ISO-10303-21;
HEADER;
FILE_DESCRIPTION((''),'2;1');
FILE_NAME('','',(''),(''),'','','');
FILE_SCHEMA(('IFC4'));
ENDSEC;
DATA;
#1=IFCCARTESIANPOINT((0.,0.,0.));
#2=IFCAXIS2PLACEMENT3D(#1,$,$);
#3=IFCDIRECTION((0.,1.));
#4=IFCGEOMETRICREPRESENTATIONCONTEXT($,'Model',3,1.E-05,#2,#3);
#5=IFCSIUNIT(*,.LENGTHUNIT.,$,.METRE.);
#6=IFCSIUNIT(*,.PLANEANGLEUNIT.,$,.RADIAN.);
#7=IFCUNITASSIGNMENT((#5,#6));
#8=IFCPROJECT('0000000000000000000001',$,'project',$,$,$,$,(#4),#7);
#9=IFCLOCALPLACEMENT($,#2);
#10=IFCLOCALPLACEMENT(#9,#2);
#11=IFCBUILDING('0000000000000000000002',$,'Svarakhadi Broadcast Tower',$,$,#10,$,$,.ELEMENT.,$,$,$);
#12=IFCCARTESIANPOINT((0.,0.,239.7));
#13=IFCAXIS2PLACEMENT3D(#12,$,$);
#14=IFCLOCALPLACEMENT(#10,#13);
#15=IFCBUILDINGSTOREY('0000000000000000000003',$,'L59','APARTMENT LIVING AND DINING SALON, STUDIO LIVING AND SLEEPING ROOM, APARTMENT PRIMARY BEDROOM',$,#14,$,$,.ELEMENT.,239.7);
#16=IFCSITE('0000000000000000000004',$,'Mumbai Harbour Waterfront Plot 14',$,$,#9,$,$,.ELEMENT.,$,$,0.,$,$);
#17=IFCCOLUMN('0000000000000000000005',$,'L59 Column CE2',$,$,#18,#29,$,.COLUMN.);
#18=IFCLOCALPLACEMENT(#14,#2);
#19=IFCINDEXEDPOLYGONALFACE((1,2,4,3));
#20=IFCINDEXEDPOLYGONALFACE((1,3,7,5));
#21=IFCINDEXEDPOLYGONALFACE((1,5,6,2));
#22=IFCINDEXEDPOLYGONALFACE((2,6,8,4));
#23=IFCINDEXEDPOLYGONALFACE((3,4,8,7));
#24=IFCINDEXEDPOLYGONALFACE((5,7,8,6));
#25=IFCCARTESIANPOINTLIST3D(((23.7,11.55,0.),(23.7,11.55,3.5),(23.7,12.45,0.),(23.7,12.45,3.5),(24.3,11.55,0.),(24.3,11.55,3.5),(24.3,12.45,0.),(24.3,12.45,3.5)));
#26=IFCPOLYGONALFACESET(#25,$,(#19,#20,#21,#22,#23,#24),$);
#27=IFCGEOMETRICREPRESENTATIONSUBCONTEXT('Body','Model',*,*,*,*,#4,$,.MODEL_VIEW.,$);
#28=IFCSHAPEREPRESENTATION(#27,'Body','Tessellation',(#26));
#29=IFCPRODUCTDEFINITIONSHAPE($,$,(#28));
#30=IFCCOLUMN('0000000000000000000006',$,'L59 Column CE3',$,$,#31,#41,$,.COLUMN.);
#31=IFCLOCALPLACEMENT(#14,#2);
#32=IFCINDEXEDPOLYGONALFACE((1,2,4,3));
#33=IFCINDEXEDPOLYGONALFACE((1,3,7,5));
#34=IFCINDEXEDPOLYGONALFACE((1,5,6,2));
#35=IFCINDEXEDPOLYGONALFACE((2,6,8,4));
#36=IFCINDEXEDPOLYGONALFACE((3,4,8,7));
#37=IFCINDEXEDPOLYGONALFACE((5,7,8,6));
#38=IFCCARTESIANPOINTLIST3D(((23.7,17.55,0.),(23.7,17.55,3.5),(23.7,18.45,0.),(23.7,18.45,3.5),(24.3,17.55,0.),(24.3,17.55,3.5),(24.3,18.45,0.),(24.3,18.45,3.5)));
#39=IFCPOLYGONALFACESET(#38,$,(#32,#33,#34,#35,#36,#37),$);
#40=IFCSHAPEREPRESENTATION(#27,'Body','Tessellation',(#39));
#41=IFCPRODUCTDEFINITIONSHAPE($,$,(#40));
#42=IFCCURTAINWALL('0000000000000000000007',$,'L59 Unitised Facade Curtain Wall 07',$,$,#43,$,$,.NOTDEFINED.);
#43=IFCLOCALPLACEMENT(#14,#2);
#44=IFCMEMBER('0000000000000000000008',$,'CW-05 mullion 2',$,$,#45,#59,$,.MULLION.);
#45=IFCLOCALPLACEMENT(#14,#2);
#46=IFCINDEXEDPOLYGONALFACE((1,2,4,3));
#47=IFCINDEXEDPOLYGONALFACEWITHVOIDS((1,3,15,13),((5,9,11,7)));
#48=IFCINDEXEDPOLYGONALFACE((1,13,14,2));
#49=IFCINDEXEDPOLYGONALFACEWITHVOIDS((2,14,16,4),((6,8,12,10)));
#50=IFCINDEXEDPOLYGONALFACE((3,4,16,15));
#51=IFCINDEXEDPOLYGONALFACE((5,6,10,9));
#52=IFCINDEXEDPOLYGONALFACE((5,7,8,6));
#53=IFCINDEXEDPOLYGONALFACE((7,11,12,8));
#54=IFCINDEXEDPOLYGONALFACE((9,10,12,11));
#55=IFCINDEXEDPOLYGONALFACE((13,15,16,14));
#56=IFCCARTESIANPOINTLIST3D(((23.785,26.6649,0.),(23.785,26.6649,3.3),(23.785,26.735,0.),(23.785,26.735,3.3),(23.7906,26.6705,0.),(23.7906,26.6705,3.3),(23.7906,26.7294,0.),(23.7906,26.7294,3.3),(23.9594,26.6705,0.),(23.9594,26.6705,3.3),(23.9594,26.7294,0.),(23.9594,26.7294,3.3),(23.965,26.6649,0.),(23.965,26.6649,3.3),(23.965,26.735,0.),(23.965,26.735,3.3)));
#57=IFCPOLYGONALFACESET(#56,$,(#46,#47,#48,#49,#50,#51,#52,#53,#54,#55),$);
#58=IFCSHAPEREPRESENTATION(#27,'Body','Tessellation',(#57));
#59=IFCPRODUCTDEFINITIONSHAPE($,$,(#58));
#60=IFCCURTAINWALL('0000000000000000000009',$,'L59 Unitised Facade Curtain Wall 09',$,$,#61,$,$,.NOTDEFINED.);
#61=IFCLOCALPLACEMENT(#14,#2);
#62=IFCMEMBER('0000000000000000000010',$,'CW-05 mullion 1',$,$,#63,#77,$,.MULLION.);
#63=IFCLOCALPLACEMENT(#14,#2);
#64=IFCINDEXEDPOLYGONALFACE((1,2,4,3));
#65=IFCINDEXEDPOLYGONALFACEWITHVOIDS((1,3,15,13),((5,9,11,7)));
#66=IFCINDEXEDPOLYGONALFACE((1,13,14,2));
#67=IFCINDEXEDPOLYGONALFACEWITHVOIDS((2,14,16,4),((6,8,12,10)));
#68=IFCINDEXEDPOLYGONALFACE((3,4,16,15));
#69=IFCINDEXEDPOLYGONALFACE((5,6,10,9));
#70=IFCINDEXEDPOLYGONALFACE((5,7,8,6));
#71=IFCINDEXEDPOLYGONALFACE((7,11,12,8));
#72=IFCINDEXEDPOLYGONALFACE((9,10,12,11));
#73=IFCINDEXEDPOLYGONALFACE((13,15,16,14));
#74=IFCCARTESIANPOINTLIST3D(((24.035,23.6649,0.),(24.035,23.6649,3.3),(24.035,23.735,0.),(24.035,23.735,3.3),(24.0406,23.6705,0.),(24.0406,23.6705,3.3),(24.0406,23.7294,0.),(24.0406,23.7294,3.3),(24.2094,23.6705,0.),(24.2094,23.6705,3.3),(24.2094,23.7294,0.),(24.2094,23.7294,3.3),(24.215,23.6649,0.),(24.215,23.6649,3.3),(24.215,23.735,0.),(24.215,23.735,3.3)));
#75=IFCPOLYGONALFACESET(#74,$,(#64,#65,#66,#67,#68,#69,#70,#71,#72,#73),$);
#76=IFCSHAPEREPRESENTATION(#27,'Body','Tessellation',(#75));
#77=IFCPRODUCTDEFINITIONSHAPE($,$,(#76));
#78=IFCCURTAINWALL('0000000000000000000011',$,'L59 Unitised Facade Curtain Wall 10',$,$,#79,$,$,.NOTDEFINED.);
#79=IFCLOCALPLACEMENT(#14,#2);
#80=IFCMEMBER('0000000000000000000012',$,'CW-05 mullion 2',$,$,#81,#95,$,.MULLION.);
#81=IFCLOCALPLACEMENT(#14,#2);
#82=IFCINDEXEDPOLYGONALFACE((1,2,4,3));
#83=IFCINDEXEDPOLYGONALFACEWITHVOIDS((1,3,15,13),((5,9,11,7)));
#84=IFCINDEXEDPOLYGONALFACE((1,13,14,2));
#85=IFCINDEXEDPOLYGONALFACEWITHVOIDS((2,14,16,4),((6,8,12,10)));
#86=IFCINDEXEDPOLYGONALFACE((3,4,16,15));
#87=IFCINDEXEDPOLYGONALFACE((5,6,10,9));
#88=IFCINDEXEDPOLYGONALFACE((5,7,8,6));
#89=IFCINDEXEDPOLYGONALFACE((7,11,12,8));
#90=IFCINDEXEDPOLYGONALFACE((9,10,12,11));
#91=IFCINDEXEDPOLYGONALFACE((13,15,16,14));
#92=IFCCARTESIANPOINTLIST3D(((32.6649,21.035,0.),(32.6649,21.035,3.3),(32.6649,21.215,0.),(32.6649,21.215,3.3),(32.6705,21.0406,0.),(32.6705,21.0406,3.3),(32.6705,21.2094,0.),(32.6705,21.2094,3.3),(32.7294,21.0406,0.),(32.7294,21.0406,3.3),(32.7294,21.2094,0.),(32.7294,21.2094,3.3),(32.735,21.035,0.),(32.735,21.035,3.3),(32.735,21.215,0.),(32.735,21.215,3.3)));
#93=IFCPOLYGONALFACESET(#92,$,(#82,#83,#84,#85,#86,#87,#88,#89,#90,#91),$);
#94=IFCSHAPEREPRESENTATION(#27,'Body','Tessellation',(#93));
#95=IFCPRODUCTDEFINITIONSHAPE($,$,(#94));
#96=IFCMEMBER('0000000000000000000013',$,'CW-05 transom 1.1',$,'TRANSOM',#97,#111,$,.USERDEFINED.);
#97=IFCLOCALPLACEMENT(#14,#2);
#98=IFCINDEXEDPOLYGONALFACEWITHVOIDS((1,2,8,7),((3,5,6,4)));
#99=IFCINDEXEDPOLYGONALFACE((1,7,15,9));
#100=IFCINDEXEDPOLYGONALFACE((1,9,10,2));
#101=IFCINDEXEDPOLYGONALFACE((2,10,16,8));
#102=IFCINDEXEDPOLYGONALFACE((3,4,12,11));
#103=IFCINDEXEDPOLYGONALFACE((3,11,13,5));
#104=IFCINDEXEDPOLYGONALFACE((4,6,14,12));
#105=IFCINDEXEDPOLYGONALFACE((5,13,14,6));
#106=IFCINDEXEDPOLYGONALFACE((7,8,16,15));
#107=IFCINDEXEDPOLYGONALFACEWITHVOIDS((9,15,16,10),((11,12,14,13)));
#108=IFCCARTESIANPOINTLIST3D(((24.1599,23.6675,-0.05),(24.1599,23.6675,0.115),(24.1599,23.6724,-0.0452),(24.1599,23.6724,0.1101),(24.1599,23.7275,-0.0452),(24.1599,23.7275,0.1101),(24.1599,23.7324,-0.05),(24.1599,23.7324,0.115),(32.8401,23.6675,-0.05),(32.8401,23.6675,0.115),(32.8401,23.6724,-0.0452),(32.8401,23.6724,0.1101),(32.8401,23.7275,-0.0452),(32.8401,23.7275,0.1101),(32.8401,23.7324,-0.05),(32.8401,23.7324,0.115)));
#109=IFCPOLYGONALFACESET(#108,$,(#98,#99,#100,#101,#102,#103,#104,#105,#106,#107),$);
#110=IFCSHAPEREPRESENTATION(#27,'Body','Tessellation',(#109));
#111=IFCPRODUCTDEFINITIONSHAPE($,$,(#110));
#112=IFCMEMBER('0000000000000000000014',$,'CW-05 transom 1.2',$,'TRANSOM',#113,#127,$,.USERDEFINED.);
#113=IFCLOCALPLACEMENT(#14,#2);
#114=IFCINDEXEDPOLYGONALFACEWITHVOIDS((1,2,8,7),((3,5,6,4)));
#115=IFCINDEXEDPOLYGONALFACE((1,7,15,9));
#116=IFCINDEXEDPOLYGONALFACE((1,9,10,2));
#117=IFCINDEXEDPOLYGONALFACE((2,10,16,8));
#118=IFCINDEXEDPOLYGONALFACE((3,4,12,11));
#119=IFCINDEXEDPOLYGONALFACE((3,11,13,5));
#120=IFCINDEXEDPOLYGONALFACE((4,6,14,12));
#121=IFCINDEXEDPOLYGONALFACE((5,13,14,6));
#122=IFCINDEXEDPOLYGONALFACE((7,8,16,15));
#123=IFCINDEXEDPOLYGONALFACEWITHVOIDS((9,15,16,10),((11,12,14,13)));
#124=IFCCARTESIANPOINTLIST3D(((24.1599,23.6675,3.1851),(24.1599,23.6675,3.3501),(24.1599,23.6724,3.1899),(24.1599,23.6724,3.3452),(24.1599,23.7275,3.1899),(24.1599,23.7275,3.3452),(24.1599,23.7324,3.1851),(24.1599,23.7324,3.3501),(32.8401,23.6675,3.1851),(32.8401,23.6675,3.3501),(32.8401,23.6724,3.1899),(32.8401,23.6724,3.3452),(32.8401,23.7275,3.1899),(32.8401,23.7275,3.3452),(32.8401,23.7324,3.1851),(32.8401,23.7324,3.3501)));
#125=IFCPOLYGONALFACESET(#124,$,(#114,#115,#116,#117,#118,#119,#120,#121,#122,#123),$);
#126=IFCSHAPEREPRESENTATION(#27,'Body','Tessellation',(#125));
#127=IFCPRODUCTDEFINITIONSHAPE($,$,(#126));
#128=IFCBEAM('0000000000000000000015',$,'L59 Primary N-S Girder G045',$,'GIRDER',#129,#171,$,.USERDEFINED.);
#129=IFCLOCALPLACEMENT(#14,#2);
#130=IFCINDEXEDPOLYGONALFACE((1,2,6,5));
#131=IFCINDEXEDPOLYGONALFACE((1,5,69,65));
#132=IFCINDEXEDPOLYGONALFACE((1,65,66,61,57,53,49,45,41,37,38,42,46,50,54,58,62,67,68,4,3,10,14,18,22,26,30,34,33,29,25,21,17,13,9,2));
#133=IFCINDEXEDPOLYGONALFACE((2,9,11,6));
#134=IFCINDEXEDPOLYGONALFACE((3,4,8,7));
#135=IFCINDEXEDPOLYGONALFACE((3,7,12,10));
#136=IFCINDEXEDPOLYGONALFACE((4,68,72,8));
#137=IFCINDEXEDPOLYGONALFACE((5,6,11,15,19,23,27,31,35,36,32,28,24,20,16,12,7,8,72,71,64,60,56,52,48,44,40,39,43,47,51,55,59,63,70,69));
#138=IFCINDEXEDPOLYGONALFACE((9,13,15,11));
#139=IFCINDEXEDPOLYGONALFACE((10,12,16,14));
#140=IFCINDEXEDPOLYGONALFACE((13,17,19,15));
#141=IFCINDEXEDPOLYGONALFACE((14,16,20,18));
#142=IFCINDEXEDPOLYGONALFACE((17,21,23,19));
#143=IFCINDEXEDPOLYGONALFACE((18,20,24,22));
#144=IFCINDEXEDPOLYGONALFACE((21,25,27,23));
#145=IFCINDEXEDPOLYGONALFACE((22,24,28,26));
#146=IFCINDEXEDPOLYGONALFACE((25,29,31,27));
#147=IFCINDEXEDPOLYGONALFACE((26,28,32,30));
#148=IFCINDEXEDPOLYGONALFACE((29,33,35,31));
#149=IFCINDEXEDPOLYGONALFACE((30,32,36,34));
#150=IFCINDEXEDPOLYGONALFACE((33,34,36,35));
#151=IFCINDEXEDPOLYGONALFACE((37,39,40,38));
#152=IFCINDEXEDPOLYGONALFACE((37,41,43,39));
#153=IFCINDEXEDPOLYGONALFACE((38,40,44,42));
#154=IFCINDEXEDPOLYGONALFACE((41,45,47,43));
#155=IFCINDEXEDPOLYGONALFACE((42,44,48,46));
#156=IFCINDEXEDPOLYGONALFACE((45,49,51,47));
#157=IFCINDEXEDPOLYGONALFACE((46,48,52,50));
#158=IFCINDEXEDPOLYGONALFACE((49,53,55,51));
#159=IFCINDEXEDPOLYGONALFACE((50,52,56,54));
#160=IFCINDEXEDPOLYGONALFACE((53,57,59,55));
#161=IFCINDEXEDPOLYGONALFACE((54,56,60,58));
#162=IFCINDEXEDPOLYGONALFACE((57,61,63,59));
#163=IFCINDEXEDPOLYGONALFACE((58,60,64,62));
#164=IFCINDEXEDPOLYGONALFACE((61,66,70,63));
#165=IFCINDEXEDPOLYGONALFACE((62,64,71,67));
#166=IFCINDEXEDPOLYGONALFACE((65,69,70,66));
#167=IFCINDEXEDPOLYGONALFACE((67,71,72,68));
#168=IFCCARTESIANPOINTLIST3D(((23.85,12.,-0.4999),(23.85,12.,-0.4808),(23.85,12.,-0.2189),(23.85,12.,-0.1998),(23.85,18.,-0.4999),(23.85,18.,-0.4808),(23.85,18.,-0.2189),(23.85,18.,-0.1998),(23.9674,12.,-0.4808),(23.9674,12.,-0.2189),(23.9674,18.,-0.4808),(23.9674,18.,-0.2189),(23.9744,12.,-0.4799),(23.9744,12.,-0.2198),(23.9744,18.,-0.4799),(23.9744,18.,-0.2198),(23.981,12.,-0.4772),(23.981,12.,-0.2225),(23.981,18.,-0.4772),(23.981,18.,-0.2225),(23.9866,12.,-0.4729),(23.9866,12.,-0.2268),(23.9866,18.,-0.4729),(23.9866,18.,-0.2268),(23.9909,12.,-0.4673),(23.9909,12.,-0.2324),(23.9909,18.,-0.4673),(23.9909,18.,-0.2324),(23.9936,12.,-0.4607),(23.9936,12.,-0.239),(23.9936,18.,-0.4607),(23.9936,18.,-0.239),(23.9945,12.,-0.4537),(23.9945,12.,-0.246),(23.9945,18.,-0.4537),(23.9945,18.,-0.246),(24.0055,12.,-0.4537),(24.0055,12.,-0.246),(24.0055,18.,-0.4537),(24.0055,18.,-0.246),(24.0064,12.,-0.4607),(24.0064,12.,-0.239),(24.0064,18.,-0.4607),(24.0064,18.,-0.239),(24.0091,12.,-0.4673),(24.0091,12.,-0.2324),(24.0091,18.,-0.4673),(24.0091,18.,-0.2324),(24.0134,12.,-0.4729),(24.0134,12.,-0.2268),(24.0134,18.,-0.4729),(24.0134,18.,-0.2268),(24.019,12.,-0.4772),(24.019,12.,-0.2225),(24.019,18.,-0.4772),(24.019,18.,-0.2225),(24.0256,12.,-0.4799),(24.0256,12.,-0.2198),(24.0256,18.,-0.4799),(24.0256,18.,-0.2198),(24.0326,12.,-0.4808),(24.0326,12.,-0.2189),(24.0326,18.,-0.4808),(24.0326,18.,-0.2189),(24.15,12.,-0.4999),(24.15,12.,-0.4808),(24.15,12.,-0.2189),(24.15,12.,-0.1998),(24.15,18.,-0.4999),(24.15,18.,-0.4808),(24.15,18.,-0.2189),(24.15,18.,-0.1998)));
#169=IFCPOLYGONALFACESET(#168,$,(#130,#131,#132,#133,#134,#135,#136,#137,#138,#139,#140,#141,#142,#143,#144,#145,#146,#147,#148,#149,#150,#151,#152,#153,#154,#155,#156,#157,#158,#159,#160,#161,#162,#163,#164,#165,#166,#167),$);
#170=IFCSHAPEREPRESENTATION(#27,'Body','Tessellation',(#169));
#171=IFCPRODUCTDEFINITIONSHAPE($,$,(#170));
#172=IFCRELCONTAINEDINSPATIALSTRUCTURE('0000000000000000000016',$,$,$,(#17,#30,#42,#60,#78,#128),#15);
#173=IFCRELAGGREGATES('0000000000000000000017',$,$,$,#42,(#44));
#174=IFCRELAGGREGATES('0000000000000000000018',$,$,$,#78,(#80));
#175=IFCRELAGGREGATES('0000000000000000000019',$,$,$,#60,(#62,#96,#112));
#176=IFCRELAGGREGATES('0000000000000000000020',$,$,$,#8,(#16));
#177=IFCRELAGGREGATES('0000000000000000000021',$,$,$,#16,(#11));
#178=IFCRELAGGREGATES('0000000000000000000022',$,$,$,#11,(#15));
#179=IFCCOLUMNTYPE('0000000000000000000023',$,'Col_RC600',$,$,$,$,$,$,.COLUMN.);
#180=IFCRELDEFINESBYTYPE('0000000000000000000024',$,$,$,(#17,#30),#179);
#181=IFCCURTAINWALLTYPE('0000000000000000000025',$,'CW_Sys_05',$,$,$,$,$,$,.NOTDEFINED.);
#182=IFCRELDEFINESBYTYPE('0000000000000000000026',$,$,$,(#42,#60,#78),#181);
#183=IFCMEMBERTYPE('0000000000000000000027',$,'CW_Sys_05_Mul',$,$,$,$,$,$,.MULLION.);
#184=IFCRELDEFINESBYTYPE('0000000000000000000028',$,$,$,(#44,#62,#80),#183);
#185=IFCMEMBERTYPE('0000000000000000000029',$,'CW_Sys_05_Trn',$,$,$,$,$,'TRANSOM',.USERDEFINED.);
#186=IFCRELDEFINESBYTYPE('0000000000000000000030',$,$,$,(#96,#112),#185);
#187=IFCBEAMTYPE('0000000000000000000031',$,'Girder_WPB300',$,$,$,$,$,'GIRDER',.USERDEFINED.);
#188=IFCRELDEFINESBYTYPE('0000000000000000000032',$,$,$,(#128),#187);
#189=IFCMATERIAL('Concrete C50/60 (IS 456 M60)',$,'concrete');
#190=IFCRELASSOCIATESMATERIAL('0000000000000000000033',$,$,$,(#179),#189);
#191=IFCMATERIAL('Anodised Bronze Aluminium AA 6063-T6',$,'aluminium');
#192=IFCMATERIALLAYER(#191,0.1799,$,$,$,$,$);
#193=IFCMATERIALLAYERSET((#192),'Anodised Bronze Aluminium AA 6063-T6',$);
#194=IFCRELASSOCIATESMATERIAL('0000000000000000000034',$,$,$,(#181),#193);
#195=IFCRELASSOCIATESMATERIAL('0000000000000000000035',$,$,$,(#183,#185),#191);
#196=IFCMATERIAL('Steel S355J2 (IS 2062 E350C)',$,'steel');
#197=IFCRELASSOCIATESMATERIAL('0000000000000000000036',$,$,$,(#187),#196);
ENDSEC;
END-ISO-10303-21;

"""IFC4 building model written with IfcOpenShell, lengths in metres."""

from ifc_helpers import new_model, si_unit, direction, frame, origin, origin_2d, place, context, subcontext, project, spatial, rectangle, hollow_rectangle, i_section, extrude, material, layer, layer_set, material_profile, profile_set, type_object, element, aggregate, save


model = new_model("IFC4")

# Units and contexts
model_context = context("Model", 3, precision=1e-05, world=origin(), true_north=direction((0.0, 1.0)))
body_context = subcontext(model_context, "Body", "Model", "MODEL_VIEW")
ifc_project = project(units=[si_unit("LENGTHUNIT", "METRE"), si_unit("PLANEANGLEUNIT", "RADIAN")], contexts=[model_context])

# Site, building, storey
site_placement = place(None, origin())
site = spatial("IfcSite", under=ifc_project, at=site_placement, Name="Mumbai Harbour Waterfront Plot 14", CompositionType="ELEMENT", RefElevation=0.0)
building_placement = place(site_placement, origin())
building = spatial("IfcBuilding", under=site, at=building_placement, Name="Svarakhadi Broadcast Tower", CompositionType="ELEMENT")
storey_placement = place(building_placement, frame((0.0, 0.0, 239.7)))
storey = spatial("IfcBuildingStorey", under=building, at=storey_placement, Name="L59", Description="APARTMENT LIVING AND DINING SALON, STUDIO LIVING AND SLEEPING ROOM, APARTMENT PRIMARY BEDROOM", CompositionType="ELEMENT", Elevation=239.7)

# Columns
ifc_material_1 = material(Name="Concrete C50/60 (IS 456 M60)", Category="concrete")
ifc_material_profile_1 = material_profile(ifc_material_1, rectangle(XDim=0.6001, YDim=0.8999, at=origin_2d()), Name="RC 600x900")
ifc_profile_set_1 = profile_set([ifc_material_profile_1], Name="Concrete C50/60 (IS 456 M60)")
column_type = type_object("IfcColumnType", Name="Col_RC600", PredefinedType="COLUMN", material=ifc_profile_set_1)
for number, where, z_axis, x_axis, name in (
    (1, (24.0, 12.0, 0.0), (0.0, 0.0, 1.0), (1.0, 0.0, 0.0), "L59 Column CE2"),
    (2, (24.0, 18.0, 0.0), (0.0, 0.0, 1.0), (1.0, 0.0, 0.0), "L59 Column CE3"),
):
    element("IfcColumn", number, at=place(storey_placement, frame(where, z_axis=z_axis, x_axis=x_axis)), inside=storey, type_object=column_type, Name=name, PredefinedType="COLUMN", context=body_context, shape_type="SweptSolid", body=[
        extrude(rectangle(XDim=0.6001, YDim=0.8999, at=origin_2d()), origin(), (0.0, 0.0, 1.0), 3.5),
    ])

# Curtain walls, members
ifc_material_2 = material(Name="Anodised Bronze Aluminium AA 6063-T6", Category="aluminium")
ifc_layer_1 = layer(ifc_material_2, 0.1799)
ifc_layer_set_1 = layer_set([ifc_layer_1], Name="Anodised Bronze Aluminium AA 6063-T6")
curtain_wall_type = type_object("IfcCurtainWallType", Name="CW_Sys_05", PredefinedType="NOTDEFINED", material=ifc_layer_set_1)
curtain_wall_1_placement = place(storey_placement, origin())
curtain_wall_1 = element("IfcCurtainWall", 3, at=curtain_wall_1_placement, inside=storey, type_object=curtain_wall_type, Name="L59 Unitised Facade Curtain Wall 07", PredefinedType="NOTDEFINED")
ifc_material_profile_2 = material_profile(ifc_material_2, hollow_rectangle(XDim=0.0701, YDim=0.1799, WallThickness=0.0056, at=origin_2d()), Name="ALU MULLION 180x70x6")
ifc_profile_set_2 = profile_set([ifc_material_profile_2], Name="Anodised Bronze Aluminium AA 6063-T6")
member_type_1 = type_object("IfcMemberType", Name="CW_Sys_05_Mul", PredefinedType="MULLION", material=ifc_profile_set_2)
member_1_placement = place(storey_placement, frame((23.875, 26.7, 0.0), z_axis=(0.0, 0.0, 1.0), x_axis=(0.0, 1.0, 0.0)))
member_1 = element("IfcMember", 4, at=member_1_placement, type_object=member_type_1, Name="CW-05 mullion 2", PredefinedType="MULLION", context=body_context, shape_type="SweptSolid", body=[
    extrude(hollow_rectangle(XDim=0.0701, YDim=0.1799, WallThickness=0.0056, at=origin_2d()), origin(), (0.0, 0.0, 1.0), 3.3),
])
aggregate(curtain_wall_1, [member_1])
curtain_wall_2_placement = place(storey_placement, origin())
curtain_wall_2 = element("IfcCurtainWall", 5, at=curtain_wall_2_placement, inside=storey, type_object=curtain_wall_type, Name="L59 Unitised Facade Curtain Wall 09", PredefinedType="NOTDEFINED")
member_2_placement = place(storey_placement, frame((24.125, 23.7, 0.0), z_axis=(0.0, 0.0, 1.0), x_axis=(0.0, 1.0, 0.0)))
member_2 = element("IfcMember", 6, at=member_2_placement, type_object=member_type_1, Name="CW-05 mullion 1", PredefinedType="MULLION", context=body_context, shape_type="SweptSolid", body=[
    extrude(hollow_rectangle(XDim=0.0701, YDim=0.1799, WallThickness=0.0056, at=origin_2d()), origin(), (0.0, 0.0, 1.0), 3.3),
])
curtain_wall_3_placement = place(storey_placement, origin())
curtain_wall_3 = element("IfcCurtainWall", 7, at=curtain_wall_3_placement, inside=storey, type_object=curtain_wall_type, Name="L59 Unitised Facade Curtain Wall 10", PredefinedType="NOTDEFINED")
member_3_placement = place(storey_placement, frame((32.7, 21.125, 0.0), z_axis=(0.0, 0.0, 1.0), x_axis=(1.0, 0.0, 0.0)))
member_3 = element("IfcMember", 8, at=member_3_placement, type_object=member_type_1, Name="CW-05 mullion 2", PredefinedType="MULLION", context=body_context, shape_type="SweptSolid", body=[
    extrude(hollow_rectangle(XDim=0.0701, YDim=0.1799, WallThickness=0.0056, at=origin_2d()), origin(), (0.0, 0.0, 1.0), 3.3),
])
aggregate(curtain_wall_3, [member_3])

# Members
ifc_material_profile_3 = material_profile(ifc_material_2, hollow_rectangle(XDim=0.0649, YDim=0.165, WallThickness=0.0049, at=origin_2d()), Name="ALU TRANSOM 165x65x5")
ifc_profile_set_3 = profile_set([ifc_material_profile_3], Name="Anodised Bronze Aluminium AA 6063-T6")
member_type_2 = type_object("IfcMemberType", Name="CW_Sys_05_Trn", ElementType="TRANSOM", PredefinedType="USERDEFINED", material=ifc_profile_set_3)
member_4_placement = place(storey_placement, frame((24.1599, 23.7, 0.0325), z_axis=(1.0, 0.0, 0.0), x_axis=(0.0, 1.0, 0.0)))
member_4 = element("IfcMember", 9, at=member_4_placement, type_object=member_type_2, Name="CW-05 transom 1.1", ObjectType="TRANSOM", PredefinedType="USERDEFINED", context=body_context, shape_type="SweptSolid", body=[
    extrude(hollow_rectangle(XDim=0.0649, YDim=0.165, WallThickness=0.0049, at=origin_2d()), origin(), (0.0, 0.0, 1.0), 8.6802),
])
member_5_placement = place(storey_placement, frame((24.1599, 23.7, 3.2676), z_axis=(1.0, 0.0, 0.0), x_axis=(0.0, 1.0, 0.0)))
member_5 = element("IfcMember", 10, at=member_5_placement, type_object=member_type_2, Name="CW-05 transom 1.2", ObjectType="TRANSOM", PredefinedType="USERDEFINED", context=body_context, shape_type="SweptSolid", body=[
    extrude(hollow_rectangle(XDim=0.0649, YDim=0.165, WallThickness=0.0049, at=origin_2d()), origin(), (0.0, 0.0, 1.0), 8.6802),
])

# Beam
ifc_material_3 = material(Name="Steel S355J2 (IS 2062 E350C)", Category="steel")
ifc_material_profile_4 = material_profile(ifc_material_3, i_section(OverallWidth=0.3, OverallDepth=0.3, WebThickness=0.011, FlangeThickness=0.019, FilletRadius=0.0271, at=origin_2d()), Name="WPB 300x300x117")
ifc_profile_set_4 = profile_set([ifc_material_profile_4], Name="Steel S355J2 (IS 2062 E350C)")
beam_type_1 = type_object("IfcBeamType", Name="Girder_WPB300", ElementType="GIRDER", PredefinedType="USERDEFINED", material=ifc_profile_set_4)
beam_1_placement = place(storey_placement, frame((24.0, 12.0, -0.3499), z_axis=(0.0, 1.0, 0.0), x_axis=(-1.0, 0.0, 0.0)))
element("IfcBeam", 11, at=beam_1_placement, inside=storey, type_object=beam_type_1, Name="L59 Primary N-S Girder G045", ObjectType="GIRDER", PredefinedType="USERDEFINED", context=body_context, shape_type="SweptSolid", body=[
    extrude(i_section(OverallWidth=0.3, OverallDepth=0.3, WebThickness=0.011, FlangeThickness=0.019, FilletRadius=0.0271, at=origin_2d()), origin(), (0.0, 0.0, 1.0), 6.0),
])

aggregate(curtain_wall_2, [member_2, member_4, member_5])

save(model, "model.ifc")
